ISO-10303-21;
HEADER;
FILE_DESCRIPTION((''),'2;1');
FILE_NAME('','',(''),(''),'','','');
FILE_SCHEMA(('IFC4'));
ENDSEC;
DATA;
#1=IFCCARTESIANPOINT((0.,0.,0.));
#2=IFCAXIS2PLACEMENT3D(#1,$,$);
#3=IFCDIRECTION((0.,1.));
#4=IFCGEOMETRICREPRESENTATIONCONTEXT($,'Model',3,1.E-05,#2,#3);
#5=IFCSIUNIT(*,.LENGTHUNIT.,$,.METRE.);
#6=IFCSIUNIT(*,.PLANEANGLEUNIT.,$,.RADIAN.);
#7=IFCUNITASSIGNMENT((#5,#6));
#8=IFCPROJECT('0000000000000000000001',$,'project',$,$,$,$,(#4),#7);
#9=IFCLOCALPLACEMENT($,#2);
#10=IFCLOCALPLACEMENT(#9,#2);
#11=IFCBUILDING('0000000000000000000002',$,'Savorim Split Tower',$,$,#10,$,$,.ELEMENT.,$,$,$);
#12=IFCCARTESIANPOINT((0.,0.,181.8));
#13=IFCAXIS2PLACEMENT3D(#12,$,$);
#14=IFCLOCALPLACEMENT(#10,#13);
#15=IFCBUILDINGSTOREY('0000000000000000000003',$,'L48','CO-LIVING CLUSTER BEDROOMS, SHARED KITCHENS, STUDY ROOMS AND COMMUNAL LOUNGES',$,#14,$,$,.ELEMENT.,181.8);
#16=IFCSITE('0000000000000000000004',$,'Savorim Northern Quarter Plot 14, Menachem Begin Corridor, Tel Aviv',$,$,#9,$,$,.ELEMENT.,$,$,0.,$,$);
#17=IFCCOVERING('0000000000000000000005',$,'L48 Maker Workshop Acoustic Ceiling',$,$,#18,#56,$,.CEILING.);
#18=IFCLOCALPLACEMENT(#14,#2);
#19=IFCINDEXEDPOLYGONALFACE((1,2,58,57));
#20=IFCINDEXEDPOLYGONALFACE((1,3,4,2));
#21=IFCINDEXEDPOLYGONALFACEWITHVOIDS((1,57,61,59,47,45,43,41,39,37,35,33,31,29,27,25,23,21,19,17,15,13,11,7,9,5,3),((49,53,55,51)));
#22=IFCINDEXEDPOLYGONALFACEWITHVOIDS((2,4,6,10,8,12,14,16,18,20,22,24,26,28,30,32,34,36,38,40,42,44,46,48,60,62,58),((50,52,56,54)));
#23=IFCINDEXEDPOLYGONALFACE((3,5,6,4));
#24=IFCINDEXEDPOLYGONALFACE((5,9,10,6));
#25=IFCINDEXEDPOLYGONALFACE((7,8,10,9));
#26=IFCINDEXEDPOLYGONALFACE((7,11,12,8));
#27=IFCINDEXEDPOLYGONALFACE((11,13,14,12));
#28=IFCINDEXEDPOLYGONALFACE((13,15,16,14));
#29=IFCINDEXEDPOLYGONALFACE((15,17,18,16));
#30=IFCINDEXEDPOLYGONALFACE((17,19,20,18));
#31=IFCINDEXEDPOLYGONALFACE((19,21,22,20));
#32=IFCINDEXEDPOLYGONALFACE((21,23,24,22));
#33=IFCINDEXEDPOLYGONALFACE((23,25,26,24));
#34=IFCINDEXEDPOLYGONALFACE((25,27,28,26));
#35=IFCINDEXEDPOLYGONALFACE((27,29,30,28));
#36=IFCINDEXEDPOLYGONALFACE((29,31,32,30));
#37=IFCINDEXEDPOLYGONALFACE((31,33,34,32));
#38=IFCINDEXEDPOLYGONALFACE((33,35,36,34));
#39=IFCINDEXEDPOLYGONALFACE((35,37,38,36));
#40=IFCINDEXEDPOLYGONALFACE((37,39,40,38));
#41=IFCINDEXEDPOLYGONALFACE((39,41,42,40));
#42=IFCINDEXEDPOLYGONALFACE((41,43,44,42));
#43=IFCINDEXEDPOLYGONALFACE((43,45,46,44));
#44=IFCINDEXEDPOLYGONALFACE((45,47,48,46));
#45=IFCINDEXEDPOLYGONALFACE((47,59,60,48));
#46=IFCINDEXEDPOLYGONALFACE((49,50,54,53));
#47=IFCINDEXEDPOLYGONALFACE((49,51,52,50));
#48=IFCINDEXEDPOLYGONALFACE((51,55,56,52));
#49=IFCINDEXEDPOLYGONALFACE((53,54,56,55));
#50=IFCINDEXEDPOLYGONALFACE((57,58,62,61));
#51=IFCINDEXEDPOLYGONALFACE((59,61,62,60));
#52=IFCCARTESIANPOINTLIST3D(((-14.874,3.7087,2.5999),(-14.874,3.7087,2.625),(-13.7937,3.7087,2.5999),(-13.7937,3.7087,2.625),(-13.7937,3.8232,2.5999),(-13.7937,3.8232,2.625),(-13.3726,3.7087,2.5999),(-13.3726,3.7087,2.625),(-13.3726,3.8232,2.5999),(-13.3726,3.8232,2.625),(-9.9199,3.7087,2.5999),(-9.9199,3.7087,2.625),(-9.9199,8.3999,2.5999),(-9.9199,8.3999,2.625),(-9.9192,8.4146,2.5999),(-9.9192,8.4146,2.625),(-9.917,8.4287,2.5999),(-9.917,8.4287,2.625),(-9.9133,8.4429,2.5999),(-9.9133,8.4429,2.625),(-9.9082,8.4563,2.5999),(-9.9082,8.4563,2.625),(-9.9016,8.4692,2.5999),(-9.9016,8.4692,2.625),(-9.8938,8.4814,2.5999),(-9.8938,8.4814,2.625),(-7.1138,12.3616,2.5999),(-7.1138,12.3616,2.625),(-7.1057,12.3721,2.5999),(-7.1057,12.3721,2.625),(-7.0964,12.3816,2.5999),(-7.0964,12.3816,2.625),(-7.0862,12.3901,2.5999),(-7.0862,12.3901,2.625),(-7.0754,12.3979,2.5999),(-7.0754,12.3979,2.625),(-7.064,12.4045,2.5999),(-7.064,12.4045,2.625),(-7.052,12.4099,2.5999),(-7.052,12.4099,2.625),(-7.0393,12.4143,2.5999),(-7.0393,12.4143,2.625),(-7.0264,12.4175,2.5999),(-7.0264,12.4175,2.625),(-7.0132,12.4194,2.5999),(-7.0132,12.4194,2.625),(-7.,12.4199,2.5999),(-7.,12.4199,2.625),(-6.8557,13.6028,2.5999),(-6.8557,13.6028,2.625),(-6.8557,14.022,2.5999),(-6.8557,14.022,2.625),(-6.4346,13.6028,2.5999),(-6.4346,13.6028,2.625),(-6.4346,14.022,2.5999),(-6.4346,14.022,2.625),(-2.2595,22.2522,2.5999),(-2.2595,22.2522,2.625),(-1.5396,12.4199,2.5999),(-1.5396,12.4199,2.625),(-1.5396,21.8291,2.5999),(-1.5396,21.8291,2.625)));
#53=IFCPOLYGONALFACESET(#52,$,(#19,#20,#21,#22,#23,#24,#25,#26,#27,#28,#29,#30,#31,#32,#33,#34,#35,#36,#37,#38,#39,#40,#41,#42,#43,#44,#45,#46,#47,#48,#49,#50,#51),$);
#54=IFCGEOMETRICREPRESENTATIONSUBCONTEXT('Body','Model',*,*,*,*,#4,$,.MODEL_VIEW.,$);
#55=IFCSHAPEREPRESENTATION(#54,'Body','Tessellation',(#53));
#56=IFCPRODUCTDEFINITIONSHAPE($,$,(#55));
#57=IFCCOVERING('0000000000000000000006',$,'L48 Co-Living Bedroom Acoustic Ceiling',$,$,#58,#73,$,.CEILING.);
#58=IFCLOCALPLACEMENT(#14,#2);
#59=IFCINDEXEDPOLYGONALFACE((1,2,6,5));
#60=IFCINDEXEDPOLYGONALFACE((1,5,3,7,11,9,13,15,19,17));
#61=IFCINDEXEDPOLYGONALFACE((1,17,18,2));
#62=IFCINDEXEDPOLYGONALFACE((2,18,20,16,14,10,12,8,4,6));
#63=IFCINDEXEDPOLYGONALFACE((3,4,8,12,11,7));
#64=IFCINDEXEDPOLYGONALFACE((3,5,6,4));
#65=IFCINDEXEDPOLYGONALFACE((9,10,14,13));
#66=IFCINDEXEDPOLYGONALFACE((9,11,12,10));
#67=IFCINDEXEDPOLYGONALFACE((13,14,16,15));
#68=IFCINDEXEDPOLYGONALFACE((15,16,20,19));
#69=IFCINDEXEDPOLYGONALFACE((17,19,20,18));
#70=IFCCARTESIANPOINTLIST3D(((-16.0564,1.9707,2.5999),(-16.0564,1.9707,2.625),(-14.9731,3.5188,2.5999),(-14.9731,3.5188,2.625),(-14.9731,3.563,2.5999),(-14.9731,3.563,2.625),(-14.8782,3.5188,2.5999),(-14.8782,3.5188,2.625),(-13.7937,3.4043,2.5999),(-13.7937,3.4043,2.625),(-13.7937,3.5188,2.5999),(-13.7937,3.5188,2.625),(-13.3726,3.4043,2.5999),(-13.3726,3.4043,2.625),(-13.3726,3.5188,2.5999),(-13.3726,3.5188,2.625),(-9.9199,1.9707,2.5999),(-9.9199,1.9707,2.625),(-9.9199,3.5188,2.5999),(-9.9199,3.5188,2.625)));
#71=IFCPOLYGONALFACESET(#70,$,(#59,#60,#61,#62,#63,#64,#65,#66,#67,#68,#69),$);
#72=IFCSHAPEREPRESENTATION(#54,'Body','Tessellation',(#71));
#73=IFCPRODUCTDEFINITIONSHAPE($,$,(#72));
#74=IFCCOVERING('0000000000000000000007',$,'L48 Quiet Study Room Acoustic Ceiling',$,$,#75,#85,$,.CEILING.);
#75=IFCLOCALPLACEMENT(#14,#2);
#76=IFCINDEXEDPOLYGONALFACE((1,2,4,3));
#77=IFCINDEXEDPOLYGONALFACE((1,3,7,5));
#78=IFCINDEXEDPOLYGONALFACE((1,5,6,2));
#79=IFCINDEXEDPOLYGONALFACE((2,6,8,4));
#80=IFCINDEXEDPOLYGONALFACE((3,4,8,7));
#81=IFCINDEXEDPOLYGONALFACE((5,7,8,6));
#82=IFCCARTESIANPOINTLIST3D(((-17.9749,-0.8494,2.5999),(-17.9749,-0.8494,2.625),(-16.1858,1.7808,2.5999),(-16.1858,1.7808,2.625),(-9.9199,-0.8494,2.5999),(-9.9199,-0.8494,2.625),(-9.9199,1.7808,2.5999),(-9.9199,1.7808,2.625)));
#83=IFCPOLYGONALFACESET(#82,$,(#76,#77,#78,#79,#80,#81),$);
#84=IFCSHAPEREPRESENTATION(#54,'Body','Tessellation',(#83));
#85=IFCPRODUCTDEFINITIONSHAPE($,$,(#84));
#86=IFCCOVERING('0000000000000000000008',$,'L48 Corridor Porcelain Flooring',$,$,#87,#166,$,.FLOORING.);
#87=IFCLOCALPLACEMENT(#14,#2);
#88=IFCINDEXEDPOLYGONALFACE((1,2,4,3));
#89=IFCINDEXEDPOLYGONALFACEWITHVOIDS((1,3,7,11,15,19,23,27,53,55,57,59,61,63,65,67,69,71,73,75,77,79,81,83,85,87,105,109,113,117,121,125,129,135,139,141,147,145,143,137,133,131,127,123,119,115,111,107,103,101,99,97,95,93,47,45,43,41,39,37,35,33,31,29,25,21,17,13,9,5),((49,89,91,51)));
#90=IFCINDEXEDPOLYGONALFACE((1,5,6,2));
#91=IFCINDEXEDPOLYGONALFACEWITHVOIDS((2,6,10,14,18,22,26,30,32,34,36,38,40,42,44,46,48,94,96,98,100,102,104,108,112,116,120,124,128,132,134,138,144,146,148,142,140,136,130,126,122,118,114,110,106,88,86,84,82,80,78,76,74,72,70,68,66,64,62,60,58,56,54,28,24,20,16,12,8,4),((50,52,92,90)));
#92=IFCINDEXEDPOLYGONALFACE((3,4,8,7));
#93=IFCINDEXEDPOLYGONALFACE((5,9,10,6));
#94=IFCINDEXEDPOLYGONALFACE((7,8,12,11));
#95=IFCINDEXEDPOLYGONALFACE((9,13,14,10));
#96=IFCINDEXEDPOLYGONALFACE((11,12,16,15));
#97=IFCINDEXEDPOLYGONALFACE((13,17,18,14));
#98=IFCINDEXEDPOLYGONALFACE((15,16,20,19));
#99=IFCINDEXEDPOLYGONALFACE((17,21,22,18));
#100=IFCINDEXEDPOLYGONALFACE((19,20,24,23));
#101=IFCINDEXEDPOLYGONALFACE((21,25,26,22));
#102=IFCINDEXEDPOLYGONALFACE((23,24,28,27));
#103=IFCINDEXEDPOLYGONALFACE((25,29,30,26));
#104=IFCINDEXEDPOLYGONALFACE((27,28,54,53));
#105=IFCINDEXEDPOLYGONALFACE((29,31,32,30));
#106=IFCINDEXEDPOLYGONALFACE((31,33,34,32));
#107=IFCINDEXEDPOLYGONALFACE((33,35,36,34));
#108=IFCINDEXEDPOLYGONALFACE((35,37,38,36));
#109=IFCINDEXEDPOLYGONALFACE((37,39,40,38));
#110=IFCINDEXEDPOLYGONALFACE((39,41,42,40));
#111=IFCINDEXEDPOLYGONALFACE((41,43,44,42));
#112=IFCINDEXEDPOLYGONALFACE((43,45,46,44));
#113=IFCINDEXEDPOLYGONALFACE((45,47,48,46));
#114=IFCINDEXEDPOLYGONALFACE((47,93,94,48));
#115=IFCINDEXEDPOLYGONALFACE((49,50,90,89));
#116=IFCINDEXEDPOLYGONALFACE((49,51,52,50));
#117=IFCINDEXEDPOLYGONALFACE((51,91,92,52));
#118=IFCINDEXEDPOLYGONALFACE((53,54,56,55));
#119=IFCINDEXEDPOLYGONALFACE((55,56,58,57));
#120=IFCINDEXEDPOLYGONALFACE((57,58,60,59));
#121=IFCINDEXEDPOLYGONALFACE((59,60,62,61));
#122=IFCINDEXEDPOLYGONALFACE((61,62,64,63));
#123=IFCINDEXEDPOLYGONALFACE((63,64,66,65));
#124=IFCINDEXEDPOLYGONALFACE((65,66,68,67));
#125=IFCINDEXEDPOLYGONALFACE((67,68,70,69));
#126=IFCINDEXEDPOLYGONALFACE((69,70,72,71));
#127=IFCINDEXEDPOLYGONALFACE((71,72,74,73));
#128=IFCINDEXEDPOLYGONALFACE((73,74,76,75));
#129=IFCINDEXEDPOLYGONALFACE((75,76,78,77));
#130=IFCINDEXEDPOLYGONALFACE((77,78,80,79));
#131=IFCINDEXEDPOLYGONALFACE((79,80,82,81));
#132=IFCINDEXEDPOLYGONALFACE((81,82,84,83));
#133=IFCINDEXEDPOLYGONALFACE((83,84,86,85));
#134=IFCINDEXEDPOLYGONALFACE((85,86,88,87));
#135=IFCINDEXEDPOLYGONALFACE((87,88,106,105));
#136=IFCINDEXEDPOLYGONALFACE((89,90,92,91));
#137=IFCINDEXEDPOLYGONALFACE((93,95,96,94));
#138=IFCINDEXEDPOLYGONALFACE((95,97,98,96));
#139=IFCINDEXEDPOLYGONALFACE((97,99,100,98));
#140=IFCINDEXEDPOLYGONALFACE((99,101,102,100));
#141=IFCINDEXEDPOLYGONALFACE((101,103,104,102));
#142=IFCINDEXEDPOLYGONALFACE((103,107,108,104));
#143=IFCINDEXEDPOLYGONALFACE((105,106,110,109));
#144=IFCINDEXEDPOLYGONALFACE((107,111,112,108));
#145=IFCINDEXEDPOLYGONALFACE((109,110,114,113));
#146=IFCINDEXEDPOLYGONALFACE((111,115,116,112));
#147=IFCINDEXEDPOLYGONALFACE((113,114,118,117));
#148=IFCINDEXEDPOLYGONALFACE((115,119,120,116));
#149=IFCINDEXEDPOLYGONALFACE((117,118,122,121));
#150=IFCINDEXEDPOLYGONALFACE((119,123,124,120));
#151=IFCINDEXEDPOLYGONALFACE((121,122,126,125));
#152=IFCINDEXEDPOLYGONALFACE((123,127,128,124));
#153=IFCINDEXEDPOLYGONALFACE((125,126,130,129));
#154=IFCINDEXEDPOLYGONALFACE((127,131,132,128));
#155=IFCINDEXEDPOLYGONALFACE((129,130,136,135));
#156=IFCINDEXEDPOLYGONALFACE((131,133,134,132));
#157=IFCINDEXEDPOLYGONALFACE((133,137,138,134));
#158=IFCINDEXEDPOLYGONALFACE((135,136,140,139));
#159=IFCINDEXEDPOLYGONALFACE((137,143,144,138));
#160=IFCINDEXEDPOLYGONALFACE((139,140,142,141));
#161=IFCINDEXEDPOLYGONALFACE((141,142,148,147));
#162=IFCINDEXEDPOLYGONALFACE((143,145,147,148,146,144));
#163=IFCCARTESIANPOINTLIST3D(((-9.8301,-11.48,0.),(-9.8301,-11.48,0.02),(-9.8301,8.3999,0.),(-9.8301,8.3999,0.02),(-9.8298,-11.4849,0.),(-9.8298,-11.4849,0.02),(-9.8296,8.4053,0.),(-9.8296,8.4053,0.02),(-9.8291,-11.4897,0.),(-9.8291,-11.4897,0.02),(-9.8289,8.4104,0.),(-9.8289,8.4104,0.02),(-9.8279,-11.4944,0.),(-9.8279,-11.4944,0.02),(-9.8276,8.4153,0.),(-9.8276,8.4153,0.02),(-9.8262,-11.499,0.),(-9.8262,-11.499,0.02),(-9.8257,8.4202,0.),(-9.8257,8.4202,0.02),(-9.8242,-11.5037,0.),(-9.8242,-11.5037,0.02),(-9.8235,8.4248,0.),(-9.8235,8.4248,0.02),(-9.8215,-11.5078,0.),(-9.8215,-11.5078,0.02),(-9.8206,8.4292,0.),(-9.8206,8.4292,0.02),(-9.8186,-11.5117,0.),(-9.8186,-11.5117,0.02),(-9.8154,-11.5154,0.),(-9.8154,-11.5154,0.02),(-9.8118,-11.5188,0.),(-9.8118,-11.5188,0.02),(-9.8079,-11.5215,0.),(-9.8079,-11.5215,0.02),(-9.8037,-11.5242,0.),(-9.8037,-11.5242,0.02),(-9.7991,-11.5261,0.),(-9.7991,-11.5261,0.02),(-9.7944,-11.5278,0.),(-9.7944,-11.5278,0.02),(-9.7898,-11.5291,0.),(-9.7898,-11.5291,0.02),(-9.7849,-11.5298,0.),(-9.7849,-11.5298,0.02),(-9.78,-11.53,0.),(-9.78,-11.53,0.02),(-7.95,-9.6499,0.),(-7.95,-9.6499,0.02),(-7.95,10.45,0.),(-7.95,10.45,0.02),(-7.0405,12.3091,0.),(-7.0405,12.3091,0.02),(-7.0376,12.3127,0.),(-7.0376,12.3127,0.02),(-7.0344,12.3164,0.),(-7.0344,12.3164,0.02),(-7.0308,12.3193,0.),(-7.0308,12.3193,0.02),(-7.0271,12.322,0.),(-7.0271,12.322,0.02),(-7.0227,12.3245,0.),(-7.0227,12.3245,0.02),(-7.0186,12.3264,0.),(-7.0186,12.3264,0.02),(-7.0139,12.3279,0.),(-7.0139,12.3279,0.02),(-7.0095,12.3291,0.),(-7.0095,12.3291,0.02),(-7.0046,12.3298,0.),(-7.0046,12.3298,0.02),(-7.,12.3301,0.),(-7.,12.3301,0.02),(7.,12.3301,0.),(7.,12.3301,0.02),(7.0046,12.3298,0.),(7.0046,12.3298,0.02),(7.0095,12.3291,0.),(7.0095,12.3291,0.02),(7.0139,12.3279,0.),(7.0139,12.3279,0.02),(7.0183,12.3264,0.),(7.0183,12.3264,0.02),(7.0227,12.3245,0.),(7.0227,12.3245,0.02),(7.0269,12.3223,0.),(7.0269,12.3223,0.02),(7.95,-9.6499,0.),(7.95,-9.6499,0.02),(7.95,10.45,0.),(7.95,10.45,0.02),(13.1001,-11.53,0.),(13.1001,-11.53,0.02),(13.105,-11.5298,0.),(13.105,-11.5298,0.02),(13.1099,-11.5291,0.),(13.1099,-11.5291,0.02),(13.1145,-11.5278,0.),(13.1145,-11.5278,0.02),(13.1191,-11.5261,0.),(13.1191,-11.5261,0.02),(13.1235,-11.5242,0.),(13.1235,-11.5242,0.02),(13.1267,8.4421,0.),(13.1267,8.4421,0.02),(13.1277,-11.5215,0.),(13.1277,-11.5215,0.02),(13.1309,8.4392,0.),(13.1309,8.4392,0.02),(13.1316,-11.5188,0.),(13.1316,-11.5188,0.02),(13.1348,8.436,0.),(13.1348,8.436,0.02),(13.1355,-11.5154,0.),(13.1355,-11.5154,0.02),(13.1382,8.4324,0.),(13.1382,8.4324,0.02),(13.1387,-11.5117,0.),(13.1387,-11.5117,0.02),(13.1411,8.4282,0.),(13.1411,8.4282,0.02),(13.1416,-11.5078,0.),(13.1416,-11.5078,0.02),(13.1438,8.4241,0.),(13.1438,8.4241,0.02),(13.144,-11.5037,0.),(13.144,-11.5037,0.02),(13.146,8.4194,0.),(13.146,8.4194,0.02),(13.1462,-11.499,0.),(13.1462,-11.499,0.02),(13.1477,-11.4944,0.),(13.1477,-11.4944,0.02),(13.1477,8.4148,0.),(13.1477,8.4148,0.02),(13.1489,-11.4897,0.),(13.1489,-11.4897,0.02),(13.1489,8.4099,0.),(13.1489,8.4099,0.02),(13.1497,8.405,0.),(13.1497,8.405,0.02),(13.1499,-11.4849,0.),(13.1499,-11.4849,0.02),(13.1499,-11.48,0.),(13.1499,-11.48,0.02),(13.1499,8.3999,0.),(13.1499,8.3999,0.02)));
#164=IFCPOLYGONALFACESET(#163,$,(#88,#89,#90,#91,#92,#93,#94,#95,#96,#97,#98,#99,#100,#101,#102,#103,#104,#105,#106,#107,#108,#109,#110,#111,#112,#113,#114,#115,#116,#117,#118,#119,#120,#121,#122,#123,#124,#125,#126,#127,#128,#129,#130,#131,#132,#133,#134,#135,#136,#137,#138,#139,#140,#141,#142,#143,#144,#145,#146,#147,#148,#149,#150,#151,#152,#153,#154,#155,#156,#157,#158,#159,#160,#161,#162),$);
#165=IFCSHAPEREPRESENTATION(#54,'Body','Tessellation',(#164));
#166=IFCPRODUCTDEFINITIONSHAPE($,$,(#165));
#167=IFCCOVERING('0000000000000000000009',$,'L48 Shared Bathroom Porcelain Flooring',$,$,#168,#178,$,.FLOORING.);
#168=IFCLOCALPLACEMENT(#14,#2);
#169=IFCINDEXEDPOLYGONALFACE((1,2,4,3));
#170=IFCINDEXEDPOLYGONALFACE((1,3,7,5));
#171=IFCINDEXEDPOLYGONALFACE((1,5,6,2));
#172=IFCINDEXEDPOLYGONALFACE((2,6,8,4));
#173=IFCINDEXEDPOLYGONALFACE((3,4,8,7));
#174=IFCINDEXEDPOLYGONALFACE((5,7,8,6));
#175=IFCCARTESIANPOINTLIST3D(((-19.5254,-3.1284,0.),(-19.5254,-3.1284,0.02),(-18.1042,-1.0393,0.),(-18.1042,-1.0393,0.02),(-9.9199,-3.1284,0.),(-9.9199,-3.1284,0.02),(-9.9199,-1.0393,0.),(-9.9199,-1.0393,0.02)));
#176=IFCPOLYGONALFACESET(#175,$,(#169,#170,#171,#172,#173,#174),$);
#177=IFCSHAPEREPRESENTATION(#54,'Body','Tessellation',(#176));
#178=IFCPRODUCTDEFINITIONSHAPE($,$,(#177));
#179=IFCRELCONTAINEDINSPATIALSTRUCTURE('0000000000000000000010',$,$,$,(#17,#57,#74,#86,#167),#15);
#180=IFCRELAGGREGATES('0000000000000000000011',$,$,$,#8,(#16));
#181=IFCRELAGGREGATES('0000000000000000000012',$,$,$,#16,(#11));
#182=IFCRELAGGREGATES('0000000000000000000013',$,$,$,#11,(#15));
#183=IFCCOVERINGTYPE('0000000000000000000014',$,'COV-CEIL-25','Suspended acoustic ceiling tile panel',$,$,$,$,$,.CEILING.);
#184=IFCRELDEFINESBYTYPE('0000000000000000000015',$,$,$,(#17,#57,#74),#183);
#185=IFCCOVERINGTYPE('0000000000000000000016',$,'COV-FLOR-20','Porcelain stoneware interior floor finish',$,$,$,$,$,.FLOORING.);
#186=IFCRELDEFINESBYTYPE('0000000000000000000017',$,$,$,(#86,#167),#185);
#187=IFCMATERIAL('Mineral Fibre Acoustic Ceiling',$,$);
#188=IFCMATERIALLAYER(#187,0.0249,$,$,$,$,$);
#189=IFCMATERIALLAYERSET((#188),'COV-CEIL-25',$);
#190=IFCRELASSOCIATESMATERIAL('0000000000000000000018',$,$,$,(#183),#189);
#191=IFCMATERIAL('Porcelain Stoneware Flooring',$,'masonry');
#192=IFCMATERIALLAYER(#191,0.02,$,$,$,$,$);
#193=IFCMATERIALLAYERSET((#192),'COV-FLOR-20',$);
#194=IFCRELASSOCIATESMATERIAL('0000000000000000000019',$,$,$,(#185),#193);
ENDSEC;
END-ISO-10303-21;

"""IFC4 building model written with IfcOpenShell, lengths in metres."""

from ifc_helpers import new_model, si_unit, direction, frame, origin, place, context, subcontext, project, spatial, polyline, outline, extrude, material, layer, layer_set, type_object, element, save


model = new_model("IFC4")

# Units and contexts
model_context = context("Model", 3, precision=1e-05, world=origin(), true_north=direction((0.0, 1.0)))
body_context = subcontext(model_context, "Body", "Model", "MODEL_VIEW")
ifc_project = project(units=[si_unit("LENGTHUNIT", "METRE"), si_unit("PLANEANGLEUNIT", "RADIAN")], contexts=[model_context])

# Site, building, storey
site_placement = place(None, origin())
site = spatial("IfcSite", under=ifc_project, at=site_placement, Name="Savorim Northern Quarter Plot 14, Menachem Begin Corridor, Tel Aviv", CompositionType="ELEMENT", RefElevation=0.0)
building_placement = place(site_placement, origin())
building = spatial("IfcBuilding", under=site, at=building_placement, Name="Savorim Split Tower", CompositionType="ELEMENT")
storey_placement = place(building_placement, frame((0.0, 0.0, 181.8)))
storey = spatial("IfcBuildingStorey", under=building, at=storey_placement, Name="L48", Description="CO-LIVING CLUSTER BEDROOMS, SHARED KITCHENS, STUDY ROOMS AND COMMUNAL LOUNGES", CompositionType="ELEMENT", Elevation=181.8)

# Coverings
ifc_material_1 = material(Name="Mineral Fibre Acoustic Ceiling")
ifc_layer_1 = layer(ifc_material_1, 0.0249)
ifc_layer_set_1 = layer_set([ifc_layer_1], Name="COV-CEIL-25")
covering_type_1 = type_object("IfcCoveringType", Name="COV-CEIL-25", Description="Suspended acoustic ceiling tile panel", PredefinedType="CEILING", material=ifc_layer_set_1)
covering_1_placement = place(storey_placement, frame((0.0, 0.0, 2.5999)))
element("IfcCovering", 1, at=covering_1_placement, inside=storey, type_object=covering_type_1, Name="L48 Maker Workshop Acoustic Ceiling", PredefinedType="CEILING", context=body_context, shape_type="SweptSolid", body=[
    extrude(outline(polyline([(-7.0, 12.4199), (-1.5396, 12.4199), (-1.5396, 21.8291), (-2.2595, 22.2522), (-14.874, 3.7087), (-13.7937, 3.7087), (-13.7937, 3.8232), (-13.3726, 3.8232), (-13.3726, 3.7087), (-9.9199, 3.7087), (-9.9199, 8.3999), (-9.9192, 8.4146), (-9.917, 8.4287), (-9.9133, 8.4429), (-9.9082, 8.4563), (-9.9016, 8.4692), (-9.8938, 8.4814), (-7.1138, 12.3616), (-7.1057, 12.3721), (-7.0964, 12.3816), (-7.0862, 12.3901), (-7.0754, 12.3979), (-7.064, 12.4045), (-7.052, 12.4099), (-7.0393, 12.4143), (-7.0264, 12.4175), (-7.0132, 12.4194), (-7.0, 12.4199)]), holes=[polyline([(-6.4346, 14.022), (-6.8557, 14.022), (-6.8557, 13.6028), (-6.4346, 13.6028), (-6.4346, 14.022)])]), origin(), (0.0, 0.0, 1.0), 0.0251),
])
covering_2_placement = place(storey_placement, frame((0.0, 0.0, 2.5999)))
element("IfcCovering", 2, at=covering_2_placement, inside=storey, type_object=covering_type_1, Name="L48 Co-Living Bedroom Acoustic Ceiling", PredefinedType="CEILING", context=body_context, shape_type="SweptSolid", body=[
    extrude(outline(polyline([(-13.7937, 3.5188), (-14.8782, 3.5188), (-14.9731, 3.5188), (-14.9731, 3.563), (-16.0564, 1.9707), (-9.9199, 1.9707), (-9.9199, 3.5188), (-13.3726, 3.5188), (-13.3726, 3.4043), (-13.7937, 3.4043), (-13.7937, 3.5188)])), origin(), (0.0, 0.0, 1.0), 0.0251),
])
covering_3_placement = place(storey_placement, frame((0.0, 0.0, 2.5999)))
element("IfcCovering", 3, at=covering_3_placement, inside=storey, type_object=covering_type_1, Name="L48 Quiet Study Room Acoustic Ceiling", PredefinedType="CEILING", context=body_context, shape_type="SweptSolid", body=[
    extrude(outline(polyline([(-16.1858, 1.7808), (-17.9749, -0.8494), (-9.9199, -0.8494), (-9.9199, 1.7808), (-16.1858, 1.7808)])), origin(), (0.0, 0.0, 1.0), 0.0251),
])
ifc_material_2 = material(Name="Porcelain Stoneware Flooring", Category="masonry")
ifc_layer_2 = layer(ifc_material_2, 0.02)
ifc_layer_set_2 = layer_set([ifc_layer_2], Name="COV-FLOR-20")
covering_type_2 = type_object("IfcCoveringType", Name="COV-FLOR-20", Description="Porcelain stoneware interior floor finish", PredefinedType="FLOORING", material=ifc_layer_set_2)
covering_4_placement = place(storey_placement, origin())
element("IfcCovering", 4, at=covering_4_placement, inside=storey, type_object=covering_type_2, Name="L48 Corridor Porcelain Flooring", PredefinedType="FLOORING", context=body_context, shape_type="SweptSolid", body=[
    extrude(outline(polyline([(7.0095, 12.3291), (7.0046, 12.3298), (7.0, 12.3301), (-7.0, 12.3301), (-7.0046, 12.3298), (-7.0095, 12.3291), (-7.0139, 12.3279), (-7.0186, 12.3264), (-7.0227, 12.3245), (-7.0271, 12.322), (-7.0308, 12.3193), (-7.0344, 12.3164), (-7.0376, 12.3127), (-7.0405, 12.3091), (-9.8206, 8.4292), (-9.8235, 8.4248), (-9.8257, 8.4202), (-9.8276, 8.4153), (-9.8289, 8.4104), (-9.8296, 8.4053), (-9.8301, 8.3999), (-9.8301, -11.48), (-9.8298, -11.4849), (-9.8291, -11.4897), (-9.8279, -11.4944), (-9.8262, -11.499), (-9.8242, -11.5037), (-9.8215, -11.5078), (-9.8186, -11.5117), (-9.8154, -11.5154), (-9.8118, -11.5188), (-9.8079, -11.5215), (-9.8037, -11.5242), (-9.7991, -11.5261), (-9.7944, -11.5278), (-9.7898, -11.5291), (-9.7849, -11.5298), (-9.78, -11.53), (13.1001, -11.53), (13.105, -11.5298), (13.1099, -11.5291), (13.1145, -11.5278), (13.1191, -11.5261), (13.1235, -11.5242), (13.1277, -11.5215), (13.1316, -11.5188), (13.1355, -11.5154), (13.1387, -11.5117), (13.1416, -11.5078), (13.144, -11.5037), (13.1462, -11.499), (13.1477, -11.4944), (13.1489, -11.4897), (13.1499, -11.4849), (13.1499, -11.48), (13.1499, 8.3999), (13.1497, 8.405), (13.1489, 8.4099), (13.1477, 8.4148), (13.146, 8.4194), (13.1438, 8.4241), (13.1411, 8.4282), (13.1382, 8.4324), (13.1348, 8.436), (13.1309, 8.4392), (13.1267, 8.4421), (7.0269, 12.3223), (7.0227, 12.3245), (7.0183, 12.3264), (7.0139, 12.3279), (7.0095, 12.3291)]), holes=[polyline([(-7.95, 10.45), (-7.95, -9.6499), (7.95, -9.6499), (7.95, 10.45), (-7.95, 10.45)])]), origin(), (0.0, 0.0, 1.0), 0.02),
])
covering_5_placement = place(storey_placement, origin())
element("IfcCovering", 5, at=covering_5_placement, inside=storey, type_object=covering_type_2, Name="L48 Shared Bathroom Porcelain Flooring", PredefinedType="FLOORING", context=body_context, shape_type="SweptSolid", body=[
    extrude(outline(polyline([(-18.1042, -1.0393), (-19.5254, -3.1284), (-9.9199, -3.1284), (-9.9199, -1.0393), (-18.1042, -1.0393)])), origin(), (0.0, 0.0, 1.0), 0.02),
])

save(model, "model.ifc")
